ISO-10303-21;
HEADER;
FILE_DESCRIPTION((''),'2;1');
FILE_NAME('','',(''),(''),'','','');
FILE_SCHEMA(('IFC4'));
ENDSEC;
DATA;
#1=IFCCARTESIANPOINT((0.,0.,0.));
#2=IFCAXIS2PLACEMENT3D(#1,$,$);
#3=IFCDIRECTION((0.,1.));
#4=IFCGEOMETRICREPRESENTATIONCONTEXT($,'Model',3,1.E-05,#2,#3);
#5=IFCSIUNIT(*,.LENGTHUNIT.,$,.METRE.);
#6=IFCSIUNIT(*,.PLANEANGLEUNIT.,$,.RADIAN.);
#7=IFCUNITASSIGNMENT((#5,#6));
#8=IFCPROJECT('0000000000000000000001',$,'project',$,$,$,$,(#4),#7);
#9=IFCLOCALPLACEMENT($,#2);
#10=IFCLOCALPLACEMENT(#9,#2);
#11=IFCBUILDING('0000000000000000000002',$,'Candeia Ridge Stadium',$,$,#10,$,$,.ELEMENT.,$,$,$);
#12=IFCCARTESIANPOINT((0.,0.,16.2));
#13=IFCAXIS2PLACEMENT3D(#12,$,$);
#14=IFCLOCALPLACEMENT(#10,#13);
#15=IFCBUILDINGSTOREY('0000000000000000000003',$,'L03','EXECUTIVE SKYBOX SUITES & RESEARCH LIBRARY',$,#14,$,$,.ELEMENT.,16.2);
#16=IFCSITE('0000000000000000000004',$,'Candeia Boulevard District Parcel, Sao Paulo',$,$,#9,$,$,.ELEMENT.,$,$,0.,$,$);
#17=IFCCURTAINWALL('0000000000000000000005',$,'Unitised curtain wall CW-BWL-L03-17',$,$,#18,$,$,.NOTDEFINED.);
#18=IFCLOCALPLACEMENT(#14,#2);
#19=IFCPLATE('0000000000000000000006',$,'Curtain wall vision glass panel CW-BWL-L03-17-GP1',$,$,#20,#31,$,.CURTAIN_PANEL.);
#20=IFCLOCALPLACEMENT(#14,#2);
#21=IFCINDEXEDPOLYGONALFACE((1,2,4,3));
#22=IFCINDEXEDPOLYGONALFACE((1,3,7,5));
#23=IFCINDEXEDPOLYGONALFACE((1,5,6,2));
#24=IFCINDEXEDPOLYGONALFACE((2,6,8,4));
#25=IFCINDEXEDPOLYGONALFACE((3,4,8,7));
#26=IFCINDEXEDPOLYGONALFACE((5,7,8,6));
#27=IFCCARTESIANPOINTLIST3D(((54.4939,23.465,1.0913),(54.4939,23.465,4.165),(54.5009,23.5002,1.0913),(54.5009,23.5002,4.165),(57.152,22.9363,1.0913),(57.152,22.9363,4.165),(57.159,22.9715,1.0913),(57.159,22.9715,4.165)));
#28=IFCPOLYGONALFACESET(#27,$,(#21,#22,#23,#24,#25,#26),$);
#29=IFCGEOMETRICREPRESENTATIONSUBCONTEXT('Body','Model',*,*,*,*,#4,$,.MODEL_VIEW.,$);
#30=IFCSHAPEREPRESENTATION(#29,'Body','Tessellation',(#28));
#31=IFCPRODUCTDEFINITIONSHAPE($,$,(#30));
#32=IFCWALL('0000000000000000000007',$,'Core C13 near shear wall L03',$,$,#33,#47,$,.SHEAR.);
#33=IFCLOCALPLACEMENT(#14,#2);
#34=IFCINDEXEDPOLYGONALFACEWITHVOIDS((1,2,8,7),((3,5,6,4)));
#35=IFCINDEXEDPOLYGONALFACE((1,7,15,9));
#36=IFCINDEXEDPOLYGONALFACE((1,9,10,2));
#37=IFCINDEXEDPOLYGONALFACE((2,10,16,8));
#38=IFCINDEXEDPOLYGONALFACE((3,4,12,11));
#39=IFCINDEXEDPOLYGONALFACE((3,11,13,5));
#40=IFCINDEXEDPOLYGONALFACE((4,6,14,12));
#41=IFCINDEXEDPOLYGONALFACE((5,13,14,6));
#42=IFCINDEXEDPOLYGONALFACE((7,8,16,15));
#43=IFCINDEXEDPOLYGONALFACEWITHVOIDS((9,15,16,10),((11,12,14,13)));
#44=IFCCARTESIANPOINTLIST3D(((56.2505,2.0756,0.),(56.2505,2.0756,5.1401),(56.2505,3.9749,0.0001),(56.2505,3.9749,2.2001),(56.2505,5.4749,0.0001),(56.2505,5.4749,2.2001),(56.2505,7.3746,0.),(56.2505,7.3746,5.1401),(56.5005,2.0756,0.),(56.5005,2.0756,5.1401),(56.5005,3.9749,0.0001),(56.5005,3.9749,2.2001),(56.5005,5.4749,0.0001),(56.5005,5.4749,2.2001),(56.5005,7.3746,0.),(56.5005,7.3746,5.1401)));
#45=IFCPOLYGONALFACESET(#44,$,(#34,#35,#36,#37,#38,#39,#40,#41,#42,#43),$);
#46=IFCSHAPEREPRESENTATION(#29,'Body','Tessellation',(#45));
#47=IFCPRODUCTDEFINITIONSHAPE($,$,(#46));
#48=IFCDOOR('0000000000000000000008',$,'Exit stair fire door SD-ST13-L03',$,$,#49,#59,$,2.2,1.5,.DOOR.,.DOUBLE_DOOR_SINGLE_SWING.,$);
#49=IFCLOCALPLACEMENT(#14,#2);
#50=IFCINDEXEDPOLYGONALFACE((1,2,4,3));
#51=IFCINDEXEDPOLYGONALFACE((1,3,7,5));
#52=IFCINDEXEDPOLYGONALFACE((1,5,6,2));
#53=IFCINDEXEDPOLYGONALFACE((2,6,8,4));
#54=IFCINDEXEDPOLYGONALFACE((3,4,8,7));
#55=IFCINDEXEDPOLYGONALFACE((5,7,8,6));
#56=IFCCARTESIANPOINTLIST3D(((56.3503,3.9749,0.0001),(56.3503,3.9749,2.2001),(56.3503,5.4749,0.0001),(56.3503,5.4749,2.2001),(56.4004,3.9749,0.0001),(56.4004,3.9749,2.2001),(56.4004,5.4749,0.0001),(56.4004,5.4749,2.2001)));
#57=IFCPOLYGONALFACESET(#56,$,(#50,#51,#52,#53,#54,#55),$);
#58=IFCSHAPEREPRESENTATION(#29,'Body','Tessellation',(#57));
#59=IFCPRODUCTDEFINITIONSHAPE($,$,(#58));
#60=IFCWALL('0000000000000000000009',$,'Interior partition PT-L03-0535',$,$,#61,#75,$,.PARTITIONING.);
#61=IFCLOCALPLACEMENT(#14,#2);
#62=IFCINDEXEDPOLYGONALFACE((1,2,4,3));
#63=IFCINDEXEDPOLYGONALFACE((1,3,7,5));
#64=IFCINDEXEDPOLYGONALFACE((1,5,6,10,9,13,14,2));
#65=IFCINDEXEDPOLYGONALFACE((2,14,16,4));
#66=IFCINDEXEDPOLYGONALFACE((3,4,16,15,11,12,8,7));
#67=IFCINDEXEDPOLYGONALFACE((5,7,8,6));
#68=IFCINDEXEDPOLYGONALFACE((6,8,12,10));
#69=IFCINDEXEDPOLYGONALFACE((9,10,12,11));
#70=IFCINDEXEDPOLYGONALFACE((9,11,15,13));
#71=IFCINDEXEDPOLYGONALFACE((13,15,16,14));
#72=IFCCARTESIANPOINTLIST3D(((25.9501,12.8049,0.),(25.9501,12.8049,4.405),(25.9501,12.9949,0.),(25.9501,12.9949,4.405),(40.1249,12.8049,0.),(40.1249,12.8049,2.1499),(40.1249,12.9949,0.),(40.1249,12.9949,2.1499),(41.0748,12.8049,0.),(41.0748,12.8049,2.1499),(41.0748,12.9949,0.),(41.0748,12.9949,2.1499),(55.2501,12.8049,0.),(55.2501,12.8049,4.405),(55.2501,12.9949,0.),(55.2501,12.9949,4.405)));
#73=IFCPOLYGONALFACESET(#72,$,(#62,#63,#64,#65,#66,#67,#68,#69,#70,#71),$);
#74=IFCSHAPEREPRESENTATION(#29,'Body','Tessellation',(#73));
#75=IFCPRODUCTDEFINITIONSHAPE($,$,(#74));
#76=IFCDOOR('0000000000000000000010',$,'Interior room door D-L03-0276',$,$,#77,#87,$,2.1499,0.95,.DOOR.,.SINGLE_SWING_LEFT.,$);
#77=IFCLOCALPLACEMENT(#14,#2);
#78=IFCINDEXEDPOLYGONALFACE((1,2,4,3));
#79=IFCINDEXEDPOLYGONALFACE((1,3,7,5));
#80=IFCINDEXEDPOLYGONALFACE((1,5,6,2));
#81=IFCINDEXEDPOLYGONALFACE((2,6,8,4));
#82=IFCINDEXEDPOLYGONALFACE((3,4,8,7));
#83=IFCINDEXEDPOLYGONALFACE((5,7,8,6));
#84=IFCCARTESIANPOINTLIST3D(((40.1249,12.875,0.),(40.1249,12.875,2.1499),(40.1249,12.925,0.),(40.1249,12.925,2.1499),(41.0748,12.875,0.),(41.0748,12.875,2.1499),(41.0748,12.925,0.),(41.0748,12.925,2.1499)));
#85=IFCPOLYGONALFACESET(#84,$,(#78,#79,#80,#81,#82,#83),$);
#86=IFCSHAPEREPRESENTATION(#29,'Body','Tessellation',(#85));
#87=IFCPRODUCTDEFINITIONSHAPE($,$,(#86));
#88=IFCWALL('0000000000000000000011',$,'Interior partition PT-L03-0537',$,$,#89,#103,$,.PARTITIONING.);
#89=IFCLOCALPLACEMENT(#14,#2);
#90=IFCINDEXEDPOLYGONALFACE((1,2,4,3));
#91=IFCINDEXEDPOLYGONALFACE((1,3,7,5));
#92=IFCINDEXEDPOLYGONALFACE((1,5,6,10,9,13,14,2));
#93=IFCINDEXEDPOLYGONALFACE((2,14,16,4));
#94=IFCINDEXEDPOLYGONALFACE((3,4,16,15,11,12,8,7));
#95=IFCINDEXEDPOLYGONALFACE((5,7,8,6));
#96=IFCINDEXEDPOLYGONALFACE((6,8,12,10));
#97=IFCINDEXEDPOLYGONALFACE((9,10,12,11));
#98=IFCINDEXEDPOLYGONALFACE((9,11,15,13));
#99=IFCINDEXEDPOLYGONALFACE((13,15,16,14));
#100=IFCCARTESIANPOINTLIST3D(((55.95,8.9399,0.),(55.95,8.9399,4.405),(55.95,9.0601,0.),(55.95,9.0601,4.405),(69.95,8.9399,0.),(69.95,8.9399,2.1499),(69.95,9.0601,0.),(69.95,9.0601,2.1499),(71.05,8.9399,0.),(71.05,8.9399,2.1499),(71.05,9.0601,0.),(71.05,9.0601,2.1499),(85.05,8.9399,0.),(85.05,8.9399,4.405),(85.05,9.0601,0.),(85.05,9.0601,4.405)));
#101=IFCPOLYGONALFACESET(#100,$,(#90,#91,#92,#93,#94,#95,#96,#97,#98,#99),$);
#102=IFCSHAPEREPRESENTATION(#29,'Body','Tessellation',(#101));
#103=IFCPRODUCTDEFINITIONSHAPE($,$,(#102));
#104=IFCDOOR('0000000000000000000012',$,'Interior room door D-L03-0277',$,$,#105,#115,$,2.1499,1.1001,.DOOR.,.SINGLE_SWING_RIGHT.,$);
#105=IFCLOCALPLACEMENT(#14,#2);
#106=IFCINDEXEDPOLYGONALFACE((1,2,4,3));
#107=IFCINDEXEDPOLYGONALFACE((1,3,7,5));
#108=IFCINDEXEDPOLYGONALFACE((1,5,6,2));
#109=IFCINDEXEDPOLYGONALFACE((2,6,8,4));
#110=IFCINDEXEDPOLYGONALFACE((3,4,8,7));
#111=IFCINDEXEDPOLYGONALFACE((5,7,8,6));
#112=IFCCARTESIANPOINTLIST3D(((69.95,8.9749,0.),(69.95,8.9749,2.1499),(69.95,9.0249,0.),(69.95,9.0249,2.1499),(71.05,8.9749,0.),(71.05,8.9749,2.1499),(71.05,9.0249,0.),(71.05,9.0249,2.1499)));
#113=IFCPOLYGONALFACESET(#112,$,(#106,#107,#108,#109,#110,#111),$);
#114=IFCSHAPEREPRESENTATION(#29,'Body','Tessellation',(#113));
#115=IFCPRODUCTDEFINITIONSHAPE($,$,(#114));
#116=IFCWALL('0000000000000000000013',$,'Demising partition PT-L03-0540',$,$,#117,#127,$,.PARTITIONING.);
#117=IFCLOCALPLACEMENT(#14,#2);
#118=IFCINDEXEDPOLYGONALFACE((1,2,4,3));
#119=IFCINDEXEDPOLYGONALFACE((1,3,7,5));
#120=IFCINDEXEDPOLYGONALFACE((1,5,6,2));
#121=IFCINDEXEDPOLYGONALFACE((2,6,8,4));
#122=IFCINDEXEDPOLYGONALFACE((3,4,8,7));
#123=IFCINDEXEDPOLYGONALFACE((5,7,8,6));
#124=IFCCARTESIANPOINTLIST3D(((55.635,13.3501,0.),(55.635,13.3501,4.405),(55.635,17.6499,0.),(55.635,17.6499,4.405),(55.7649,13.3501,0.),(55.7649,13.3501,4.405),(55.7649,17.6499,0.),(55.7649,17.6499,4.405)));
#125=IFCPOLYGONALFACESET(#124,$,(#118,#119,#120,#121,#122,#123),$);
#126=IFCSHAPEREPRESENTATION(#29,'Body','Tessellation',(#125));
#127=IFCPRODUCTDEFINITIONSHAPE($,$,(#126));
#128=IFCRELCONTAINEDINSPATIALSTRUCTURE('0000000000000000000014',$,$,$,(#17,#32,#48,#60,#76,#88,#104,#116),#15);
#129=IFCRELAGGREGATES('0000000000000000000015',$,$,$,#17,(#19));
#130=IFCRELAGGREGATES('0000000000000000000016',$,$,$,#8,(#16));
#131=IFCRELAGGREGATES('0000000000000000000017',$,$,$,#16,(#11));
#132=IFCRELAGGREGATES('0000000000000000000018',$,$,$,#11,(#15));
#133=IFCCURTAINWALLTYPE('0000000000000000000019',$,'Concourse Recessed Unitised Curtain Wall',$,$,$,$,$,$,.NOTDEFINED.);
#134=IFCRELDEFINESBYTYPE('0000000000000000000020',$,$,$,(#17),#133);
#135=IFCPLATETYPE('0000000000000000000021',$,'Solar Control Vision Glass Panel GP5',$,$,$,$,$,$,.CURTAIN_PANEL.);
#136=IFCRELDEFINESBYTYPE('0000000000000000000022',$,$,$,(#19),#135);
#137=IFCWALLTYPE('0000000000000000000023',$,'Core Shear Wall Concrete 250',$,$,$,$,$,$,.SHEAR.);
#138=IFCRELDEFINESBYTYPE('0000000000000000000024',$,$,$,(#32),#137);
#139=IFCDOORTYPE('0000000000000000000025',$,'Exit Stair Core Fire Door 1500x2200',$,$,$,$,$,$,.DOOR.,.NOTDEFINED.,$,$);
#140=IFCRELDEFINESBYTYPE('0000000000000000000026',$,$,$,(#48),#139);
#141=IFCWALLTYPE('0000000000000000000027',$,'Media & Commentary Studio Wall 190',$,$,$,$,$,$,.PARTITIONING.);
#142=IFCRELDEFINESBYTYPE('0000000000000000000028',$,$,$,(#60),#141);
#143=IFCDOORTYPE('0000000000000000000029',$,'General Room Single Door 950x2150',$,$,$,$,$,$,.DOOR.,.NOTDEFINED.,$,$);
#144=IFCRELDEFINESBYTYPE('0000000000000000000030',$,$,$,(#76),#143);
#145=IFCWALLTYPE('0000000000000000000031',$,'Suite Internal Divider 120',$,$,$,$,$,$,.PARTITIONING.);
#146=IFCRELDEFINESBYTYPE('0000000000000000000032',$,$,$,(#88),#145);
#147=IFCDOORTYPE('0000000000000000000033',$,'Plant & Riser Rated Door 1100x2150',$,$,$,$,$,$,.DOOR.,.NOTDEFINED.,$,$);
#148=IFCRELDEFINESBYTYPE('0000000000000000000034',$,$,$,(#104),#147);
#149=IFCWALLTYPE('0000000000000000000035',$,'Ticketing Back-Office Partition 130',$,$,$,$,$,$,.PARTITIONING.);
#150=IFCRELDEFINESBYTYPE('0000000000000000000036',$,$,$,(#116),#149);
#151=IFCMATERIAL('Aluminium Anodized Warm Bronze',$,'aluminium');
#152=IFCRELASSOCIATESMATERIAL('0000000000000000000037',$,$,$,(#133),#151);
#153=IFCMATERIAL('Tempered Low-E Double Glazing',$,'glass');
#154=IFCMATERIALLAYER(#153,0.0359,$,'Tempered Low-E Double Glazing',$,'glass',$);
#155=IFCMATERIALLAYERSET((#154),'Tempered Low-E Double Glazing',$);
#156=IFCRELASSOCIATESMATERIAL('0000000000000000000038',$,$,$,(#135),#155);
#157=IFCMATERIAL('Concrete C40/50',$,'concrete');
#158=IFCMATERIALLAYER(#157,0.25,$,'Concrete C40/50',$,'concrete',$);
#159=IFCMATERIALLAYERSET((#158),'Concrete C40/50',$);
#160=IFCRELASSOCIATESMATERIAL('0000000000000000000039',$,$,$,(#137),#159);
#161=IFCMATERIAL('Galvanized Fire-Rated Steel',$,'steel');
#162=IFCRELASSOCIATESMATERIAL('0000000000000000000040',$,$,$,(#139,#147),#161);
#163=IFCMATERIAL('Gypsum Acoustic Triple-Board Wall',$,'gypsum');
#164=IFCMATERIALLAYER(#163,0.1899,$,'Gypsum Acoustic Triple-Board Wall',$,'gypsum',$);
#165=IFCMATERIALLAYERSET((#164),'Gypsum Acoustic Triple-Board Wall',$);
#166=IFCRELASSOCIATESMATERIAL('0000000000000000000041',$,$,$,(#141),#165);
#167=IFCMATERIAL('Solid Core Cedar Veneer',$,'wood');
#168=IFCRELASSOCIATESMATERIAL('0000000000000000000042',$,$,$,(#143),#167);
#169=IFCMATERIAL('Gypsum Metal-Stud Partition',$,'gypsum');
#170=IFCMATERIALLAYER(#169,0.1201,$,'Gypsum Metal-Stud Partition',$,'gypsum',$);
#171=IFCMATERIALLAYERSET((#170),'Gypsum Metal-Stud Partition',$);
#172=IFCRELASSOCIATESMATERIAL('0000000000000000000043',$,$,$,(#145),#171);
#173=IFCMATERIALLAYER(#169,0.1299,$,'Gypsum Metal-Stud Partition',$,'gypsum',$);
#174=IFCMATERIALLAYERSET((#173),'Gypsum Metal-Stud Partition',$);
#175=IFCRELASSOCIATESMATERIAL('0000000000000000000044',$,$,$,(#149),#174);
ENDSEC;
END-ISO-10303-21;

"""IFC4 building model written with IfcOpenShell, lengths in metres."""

from ifc_helpers import new_model, si_unit, direction, frame, frame_2d, origin, origin_2d, place, context, subcontext, project, spatial, rectangle, extrude, material, layer, layer_set, type_object, element, fill, aggregate, save


model = new_model("IFC4")

# Units and contexts
model_context = context("Model", 3, precision=1e-05, world=origin(), true_north=direction((0.0, 1.0)))
body_context = subcontext(model_context, "Body", "Model", "MODEL_VIEW")
ifc_project = project(units=[si_unit("LENGTHUNIT", "METRE"), si_unit("PLANEANGLEUNIT", "RADIAN")], contexts=[model_context])

# Site, building, storey
site_placement = place(None, origin())
site = spatial("IfcSite", under=ifc_project, at=site_placement, Name="Candeia Boulevard District Parcel, Sao Paulo", CompositionType="ELEMENT", RefElevation=0.0)
building_placement = place(site_placement, origin())
building = spatial("IfcBuilding", under=site, at=building_placement, Name="Candeia Ridge Stadium", CompositionType="ELEMENT")
storey_placement = place(building_placement, frame((0.0, 0.0, 16.2)))
storey = spatial("IfcBuildingStorey", under=building, at=storey_placement, Name="L03", Description="EXECUTIVE SKYBOX SUITES & RESEARCH LIBRARY", CompositionType="ELEMENT", Elevation=16.2)

# Shared definitions
ifc_material_1 = material(Name="Concrete C40/50", Category="concrete")

# Curtain wall
ifc_material_2 = material(Name="Aluminium Anodized Warm Bronze", Category="aluminium")
curtain_wall_type = type_object("IfcCurtainWallType", Name="Concourse Recessed Unitised Curtain Wall", PredefinedType="NOTDEFINED", material=ifc_material_2)
curtain_wall_placement = place(storey_placement, origin())
curtain_wall = element("IfcCurtainWall", 1, at=curtain_wall_placement, inside=storey, type_object=curtain_wall_type, Name="Unitised curtain wall CW-BWL-L03-17", PredefinedType="NOTDEFINED")

# Plate
ifc_material_3 = material(Name="Tempered Low-E Double Glazing", Category="glass")
ifc_layer_1 = layer(ifc_material_3, 0.0359, Name="Tempered Low-E Double Glazing", Category="glass")
ifc_layer_set_1 = layer_set([ifc_layer_1], Name="Tempered Low-E Double Glazing")
plate_type_1 = type_object("IfcPlateType", Name="Solar Control Vision Glass Panel GP5", PredefinedType="CURTAIN_PANEL", material=ifc_layer_set_1)
plate_1_placement = place(storey_placement, frame((55.8264, 23.2183, 1.0913), z_axis=(0.0, 0.0, 1.0), x_axis=(0.980785, -0.19509, 0.0)))
plate_1 = element("IfcPlate", 2, at=plate_1_placement, type_object=plate_type_1, Name="Curtain wall vision glass panel CW-BWL-L03-17-GP1", PredefinedType="CURTAIN_PANEL", context=body_context, shape_type="SweptSolid", body=[
    extrude(rectangle(XDim=2.7102, YDim=0.0359, at=origin_2d()), origin(), (0.0, 0.0, 1.0), 3.0737),
])
aggregate(curtain_wall, [plate_1])

# Walls, openings, doors
ifc_layer_2 = layer(ifc_material_1, 0.25, Name="Concrete C40/50", Category="concrete")
ifc_layer_set_2 = layer_set([ifc_layer_2], Name="Concrete C40/50")
wall_type_1 = type_object("IfcWallType", Name="Core Shear Wall Concrete 250", PredefinedType="SHEAR", material=ifc_layer_set_2)
wall_1_placement = place(storey_placement, frame((56.3755, 7.3745, 0.0), z_axis=(0.0, 0.0, 1.0), x_axis=(0.0, -1.0, 0.0)))
wall_1 = element("IfcWall", 3, at=wall_1_placement, inside=storey, type_object=wall_type_1, Name="Core C13 near shear wall L03", PredefinedType="SHEAR", context=body_context, shape_type="SweptSolid", body=[
    extrude(rectangle(XDim=5.2991, YDim=0.25, at=frame_2d((2.6494, 0.0))), origin(), (0.0, 0.0, 1.0), 5.1401),
])
opening_1_placement = place(wall_1_placement, frame((1.8997, 0.0, 0.0)))
opening_1 = element("IfcOpeningElement", 4, at=opening_1_placement, cuts=wall_1, PredefinedType="OPENING", context=body_context, shape_type="SweptSolid", body=[
    extrude(rectangle(XDim=1.5, YDim=2.2, at=frame_2d((0.75, 1.1001))), frame((0.0, 0.135, 0.0), z_axis=(0.0, -1.0, 0.0), x_axis=(1.0, 0.0, 0.0)), (0.0, 0.0, 1.0), 0.27),
])
ifc_material_4 = material(Name="Galvanized Fire-Rated Steel", Category="steel")
door_type_1 = type_object("IfcDoorType", Name="Exit Stair Core Fire Door 1500x2200", OperationType="NOTDEFINED", PredefinedType="DOOR", material=ifc_material_4)
door_1_placement = place(opening_1_placement, origin())
door_1 = element("IfcDoor", 5, at=door_1_placement, inside=storey, type_object=door_type_1, Name="Exit stair fire door SD-ST13-L03", OperationType="DOUBLE_DOOR_SINGLE_SWING", OverallHeight=2.2, OverallWidth=1.5, PredefinedType="DOOR", context=body_context, shape_type="SweptSolid", body=[
    extrude(rectangle(XDim=1.5, YDim=2.2, at=frame_2d((0.75, 1.1001))), frame((0.0, 0.0249, 0.0), z_axis=(0.0, -1.0, 0.0), x_axis=(1.0, 0.0, 0.0)), (0.0, 0.0, 1.0), 0.05),
])
fill(opening_1, door_1)
ifc_material_5 = material(Name="Gypsum Acoustic Triple-Board Wall", Category="gypsum")
ifc_layer_3 = layer(ifc_material_5, 0.1899, Name="Gypsum Acoustic Triple-Board Wall", Category="gypsum")
ifc_layer_set_3 = layer_set([ifc_layer_3], Name="Gypsum Acoustic Triple-Board Wall")
wall_type_2 = type_object("IfcWallType", Name="Media & Commentary Studio Wall 190", PredefinedType="PARTITIONING", material=ifc_layer_set_3)
wall_2_placement = place(storey_placement, frame((55.25, 12.8999, 0.0), z_axis=(0.0, 0.0, 1.0), x_axis=(-1.0, 0.0, 0.0)))
wall_2 = element("IfcWall", 6, at=wall_2_placement, inside=storey, type_object=wall_type_2, Name="Interior partition PT-L03-0535", PredefinedType="PARTITIONING", context=body_context, shape_type="SweptSolid", body=[
    extrude(rectangle(XDim=29.3, YDim=0.1899, at=frame_2d((14.6499, 0.0))), origin(), (0.0, 0.0, 1.0), 4.405),
])
opening_2_placement = place(wall_2_placement, frame((14.175, 0.0, 0.0)))
opening_2 = element("IfcOpeningElement", 7, at=opening_2_placement, cuts=wall_2, PredefinedType="OPENING", context=body_context, shape_type="SweptSolid", body=[
    extrude(rectangle(XDim=0.95, YDim=2.1499, at=frame_2d((0.4751, 1.075))), frame((0.0, 0.105, 0.0), z_axis=(0.0, -1.0, 0.0), x_axis=(1.0, 0.0, 0.0)), (0.0, 0.0, 1.0), 0.21),
])
ifc_material_6 = material(Name="Solid Core Cedar Veneer", Category="wood")
door_type_2 = type_object("IfcDoorType", Name="General Room Single Door 950x2150", OperationType="NOTDEFINED", PredefinedType="DOOR", material=ifc_material_6)
door_2_placement = place(opening_2_placement, origin())
door_2 = element("IfcDoor", 8, at=door_2_placement, inside=storey, type_object=door_type_2, Name="Interior room door D-L03-0276", OperationType="SINGLE_SWING_LEFT", OverallHeight=2.1499, OverallWidth=0.95, PredefinedType="DOOR", context=body_context, shape_type="SweptSolid", body=[
    extrude(rectangle(XDim=0.95, YDim=2.1499, at=frame_2d((0.4751, 1.075))), frame((0.0, 0.0249, 0.0), z_axis=(0.0, -1.0, 0.0), x_axis=(1.0, 0.0, 0.0)), (0.0, 0.0, 1.0), 0.05),
])
fill(opening_2, door_2)
ifc_material_7 = material(Name="Gypsum Metal-Stud Partition", Category="gypsum")
ifc_layer_4 = layer(ifc_material_7, 0.1201, Name="Gypsum Metal-Stud Partition", Category="gypsum")
ifc_layer_set_4 = layer_set([ifc_layer_4], Name="Gypsum Metal-Stud Partition")
wall_type_3 = type_object("IfcWallType", Name="Suite Internal Divider 120", PredefinedType="PARTITIONING", material=ifc_layer_set_4)
wall_3_placement = place(storey_placement, frame((55.95, 9.0, 0.0), z_axis=(0.0, 0.0, 1.0), x_axis=(1.0, 0.0, 0.0)))
wall_3 = element("IfcWall", 9, at=wall_3_placement, inside=storey, type_object=wall_type_3, Name="Interior partition PT-L03-0537", PredefinedType="PARTITIONING", context=body_context, shape_type="SweptSolid", body=[
    extrude(rectangle(XDim=29.1001, YDim=0.1201, at=frame_2d((14.55, 0.0))), origin(), (0.0, 0.0, 1.0), 4.405),
])
opening_3_placement = place(wall_3_placement, frame((14.0, 0.0, 0.0)))
opening_3 = element("IfcOpeningElement", 10, at=opening_3_placement, cuts=wall_3, PredefinedType="OPENING", context=body_context, shape_type="SweptSolid", body=[
    extrude(rectangle(XDim=1.1001, YDim=2.1499, at=frame_2d((0.55, 1.075))), frame((0.0, 0.0701, 0.0), z_axis=(0.0, -1.0, 0.0), x_axis=(1.0, 0.0, 0.0)), (0.0, 0.0, 1.0), 0.1401),
])
door_type_3 = type_object("IfcDoorType", Name="Plant & Riser Rated Door 1100x2150", OperationType="NOTDEFINED", PredefinedType="DOOR", material=ifc_material_4)
door_3_placement = place(opening_3_placement, origin())
door_3 = element("IfcDoor", 11, at=door_3_placement, inside=storey, type_object=door_type_3, Name="Interior room door D-L03-0277", OperationType="SINGLE_SWING_RIGHT", OverallHeight=2.1499, OverallWidth=1.1001, PredefinedType="DOOR", context=body_context, shape_type="SweptSolid", body=[
    extrude(rectangle(XDim=1.1001, YDim=2.1499, at=frame_2d((0.55, 1.075))), frame((0.0, 0.0249, 0.0), z_axis=(0.0, -1.0, 0.0), x_axis=(1.0, 0.0, 0.0)), (0.0, 0.0, 1.0), 0.05),
])
fill(opening_3, door_3)

# Wall
ifc_layer_5 = layer(ifc_material_7, 0.1299, Name="Gypsum Metal-Stud Partition", Category="gypsum")
ifc_layer_set_5 = layer_set([ifc_layer_5], Name="Gypsum Metal-Stud Partition")
wall_type_4 = type_object("IfcWallType", Name="Ticketing Back-Office Partition 130", PredefinedType="PARTITIONING", material=ifc_layer_set_5)
wall_4_placement = place(storey_placement, frame((55.7, 13.3501, 0.0), z_axis=(0.0, 0.0, 1.0), x_axis=(0.0, 1.0, 0.0)))
element("IfcWall", 12, at=wall_4_placement, inside=storey, type_object=wall_type_4, Name="Demising partition PT-L03-0540", PredefinedType="PARTITIONING", context=body_context, shape_type="SweptSolid", body=[
    extrude(rectangle(XDim=4.2998, YDim=0.1299, at=frame_2d((2.1499, 0.0))), origin(), (0.0, 0.0, 1.0), 4.405),
])

save(model, "model.ifc")
